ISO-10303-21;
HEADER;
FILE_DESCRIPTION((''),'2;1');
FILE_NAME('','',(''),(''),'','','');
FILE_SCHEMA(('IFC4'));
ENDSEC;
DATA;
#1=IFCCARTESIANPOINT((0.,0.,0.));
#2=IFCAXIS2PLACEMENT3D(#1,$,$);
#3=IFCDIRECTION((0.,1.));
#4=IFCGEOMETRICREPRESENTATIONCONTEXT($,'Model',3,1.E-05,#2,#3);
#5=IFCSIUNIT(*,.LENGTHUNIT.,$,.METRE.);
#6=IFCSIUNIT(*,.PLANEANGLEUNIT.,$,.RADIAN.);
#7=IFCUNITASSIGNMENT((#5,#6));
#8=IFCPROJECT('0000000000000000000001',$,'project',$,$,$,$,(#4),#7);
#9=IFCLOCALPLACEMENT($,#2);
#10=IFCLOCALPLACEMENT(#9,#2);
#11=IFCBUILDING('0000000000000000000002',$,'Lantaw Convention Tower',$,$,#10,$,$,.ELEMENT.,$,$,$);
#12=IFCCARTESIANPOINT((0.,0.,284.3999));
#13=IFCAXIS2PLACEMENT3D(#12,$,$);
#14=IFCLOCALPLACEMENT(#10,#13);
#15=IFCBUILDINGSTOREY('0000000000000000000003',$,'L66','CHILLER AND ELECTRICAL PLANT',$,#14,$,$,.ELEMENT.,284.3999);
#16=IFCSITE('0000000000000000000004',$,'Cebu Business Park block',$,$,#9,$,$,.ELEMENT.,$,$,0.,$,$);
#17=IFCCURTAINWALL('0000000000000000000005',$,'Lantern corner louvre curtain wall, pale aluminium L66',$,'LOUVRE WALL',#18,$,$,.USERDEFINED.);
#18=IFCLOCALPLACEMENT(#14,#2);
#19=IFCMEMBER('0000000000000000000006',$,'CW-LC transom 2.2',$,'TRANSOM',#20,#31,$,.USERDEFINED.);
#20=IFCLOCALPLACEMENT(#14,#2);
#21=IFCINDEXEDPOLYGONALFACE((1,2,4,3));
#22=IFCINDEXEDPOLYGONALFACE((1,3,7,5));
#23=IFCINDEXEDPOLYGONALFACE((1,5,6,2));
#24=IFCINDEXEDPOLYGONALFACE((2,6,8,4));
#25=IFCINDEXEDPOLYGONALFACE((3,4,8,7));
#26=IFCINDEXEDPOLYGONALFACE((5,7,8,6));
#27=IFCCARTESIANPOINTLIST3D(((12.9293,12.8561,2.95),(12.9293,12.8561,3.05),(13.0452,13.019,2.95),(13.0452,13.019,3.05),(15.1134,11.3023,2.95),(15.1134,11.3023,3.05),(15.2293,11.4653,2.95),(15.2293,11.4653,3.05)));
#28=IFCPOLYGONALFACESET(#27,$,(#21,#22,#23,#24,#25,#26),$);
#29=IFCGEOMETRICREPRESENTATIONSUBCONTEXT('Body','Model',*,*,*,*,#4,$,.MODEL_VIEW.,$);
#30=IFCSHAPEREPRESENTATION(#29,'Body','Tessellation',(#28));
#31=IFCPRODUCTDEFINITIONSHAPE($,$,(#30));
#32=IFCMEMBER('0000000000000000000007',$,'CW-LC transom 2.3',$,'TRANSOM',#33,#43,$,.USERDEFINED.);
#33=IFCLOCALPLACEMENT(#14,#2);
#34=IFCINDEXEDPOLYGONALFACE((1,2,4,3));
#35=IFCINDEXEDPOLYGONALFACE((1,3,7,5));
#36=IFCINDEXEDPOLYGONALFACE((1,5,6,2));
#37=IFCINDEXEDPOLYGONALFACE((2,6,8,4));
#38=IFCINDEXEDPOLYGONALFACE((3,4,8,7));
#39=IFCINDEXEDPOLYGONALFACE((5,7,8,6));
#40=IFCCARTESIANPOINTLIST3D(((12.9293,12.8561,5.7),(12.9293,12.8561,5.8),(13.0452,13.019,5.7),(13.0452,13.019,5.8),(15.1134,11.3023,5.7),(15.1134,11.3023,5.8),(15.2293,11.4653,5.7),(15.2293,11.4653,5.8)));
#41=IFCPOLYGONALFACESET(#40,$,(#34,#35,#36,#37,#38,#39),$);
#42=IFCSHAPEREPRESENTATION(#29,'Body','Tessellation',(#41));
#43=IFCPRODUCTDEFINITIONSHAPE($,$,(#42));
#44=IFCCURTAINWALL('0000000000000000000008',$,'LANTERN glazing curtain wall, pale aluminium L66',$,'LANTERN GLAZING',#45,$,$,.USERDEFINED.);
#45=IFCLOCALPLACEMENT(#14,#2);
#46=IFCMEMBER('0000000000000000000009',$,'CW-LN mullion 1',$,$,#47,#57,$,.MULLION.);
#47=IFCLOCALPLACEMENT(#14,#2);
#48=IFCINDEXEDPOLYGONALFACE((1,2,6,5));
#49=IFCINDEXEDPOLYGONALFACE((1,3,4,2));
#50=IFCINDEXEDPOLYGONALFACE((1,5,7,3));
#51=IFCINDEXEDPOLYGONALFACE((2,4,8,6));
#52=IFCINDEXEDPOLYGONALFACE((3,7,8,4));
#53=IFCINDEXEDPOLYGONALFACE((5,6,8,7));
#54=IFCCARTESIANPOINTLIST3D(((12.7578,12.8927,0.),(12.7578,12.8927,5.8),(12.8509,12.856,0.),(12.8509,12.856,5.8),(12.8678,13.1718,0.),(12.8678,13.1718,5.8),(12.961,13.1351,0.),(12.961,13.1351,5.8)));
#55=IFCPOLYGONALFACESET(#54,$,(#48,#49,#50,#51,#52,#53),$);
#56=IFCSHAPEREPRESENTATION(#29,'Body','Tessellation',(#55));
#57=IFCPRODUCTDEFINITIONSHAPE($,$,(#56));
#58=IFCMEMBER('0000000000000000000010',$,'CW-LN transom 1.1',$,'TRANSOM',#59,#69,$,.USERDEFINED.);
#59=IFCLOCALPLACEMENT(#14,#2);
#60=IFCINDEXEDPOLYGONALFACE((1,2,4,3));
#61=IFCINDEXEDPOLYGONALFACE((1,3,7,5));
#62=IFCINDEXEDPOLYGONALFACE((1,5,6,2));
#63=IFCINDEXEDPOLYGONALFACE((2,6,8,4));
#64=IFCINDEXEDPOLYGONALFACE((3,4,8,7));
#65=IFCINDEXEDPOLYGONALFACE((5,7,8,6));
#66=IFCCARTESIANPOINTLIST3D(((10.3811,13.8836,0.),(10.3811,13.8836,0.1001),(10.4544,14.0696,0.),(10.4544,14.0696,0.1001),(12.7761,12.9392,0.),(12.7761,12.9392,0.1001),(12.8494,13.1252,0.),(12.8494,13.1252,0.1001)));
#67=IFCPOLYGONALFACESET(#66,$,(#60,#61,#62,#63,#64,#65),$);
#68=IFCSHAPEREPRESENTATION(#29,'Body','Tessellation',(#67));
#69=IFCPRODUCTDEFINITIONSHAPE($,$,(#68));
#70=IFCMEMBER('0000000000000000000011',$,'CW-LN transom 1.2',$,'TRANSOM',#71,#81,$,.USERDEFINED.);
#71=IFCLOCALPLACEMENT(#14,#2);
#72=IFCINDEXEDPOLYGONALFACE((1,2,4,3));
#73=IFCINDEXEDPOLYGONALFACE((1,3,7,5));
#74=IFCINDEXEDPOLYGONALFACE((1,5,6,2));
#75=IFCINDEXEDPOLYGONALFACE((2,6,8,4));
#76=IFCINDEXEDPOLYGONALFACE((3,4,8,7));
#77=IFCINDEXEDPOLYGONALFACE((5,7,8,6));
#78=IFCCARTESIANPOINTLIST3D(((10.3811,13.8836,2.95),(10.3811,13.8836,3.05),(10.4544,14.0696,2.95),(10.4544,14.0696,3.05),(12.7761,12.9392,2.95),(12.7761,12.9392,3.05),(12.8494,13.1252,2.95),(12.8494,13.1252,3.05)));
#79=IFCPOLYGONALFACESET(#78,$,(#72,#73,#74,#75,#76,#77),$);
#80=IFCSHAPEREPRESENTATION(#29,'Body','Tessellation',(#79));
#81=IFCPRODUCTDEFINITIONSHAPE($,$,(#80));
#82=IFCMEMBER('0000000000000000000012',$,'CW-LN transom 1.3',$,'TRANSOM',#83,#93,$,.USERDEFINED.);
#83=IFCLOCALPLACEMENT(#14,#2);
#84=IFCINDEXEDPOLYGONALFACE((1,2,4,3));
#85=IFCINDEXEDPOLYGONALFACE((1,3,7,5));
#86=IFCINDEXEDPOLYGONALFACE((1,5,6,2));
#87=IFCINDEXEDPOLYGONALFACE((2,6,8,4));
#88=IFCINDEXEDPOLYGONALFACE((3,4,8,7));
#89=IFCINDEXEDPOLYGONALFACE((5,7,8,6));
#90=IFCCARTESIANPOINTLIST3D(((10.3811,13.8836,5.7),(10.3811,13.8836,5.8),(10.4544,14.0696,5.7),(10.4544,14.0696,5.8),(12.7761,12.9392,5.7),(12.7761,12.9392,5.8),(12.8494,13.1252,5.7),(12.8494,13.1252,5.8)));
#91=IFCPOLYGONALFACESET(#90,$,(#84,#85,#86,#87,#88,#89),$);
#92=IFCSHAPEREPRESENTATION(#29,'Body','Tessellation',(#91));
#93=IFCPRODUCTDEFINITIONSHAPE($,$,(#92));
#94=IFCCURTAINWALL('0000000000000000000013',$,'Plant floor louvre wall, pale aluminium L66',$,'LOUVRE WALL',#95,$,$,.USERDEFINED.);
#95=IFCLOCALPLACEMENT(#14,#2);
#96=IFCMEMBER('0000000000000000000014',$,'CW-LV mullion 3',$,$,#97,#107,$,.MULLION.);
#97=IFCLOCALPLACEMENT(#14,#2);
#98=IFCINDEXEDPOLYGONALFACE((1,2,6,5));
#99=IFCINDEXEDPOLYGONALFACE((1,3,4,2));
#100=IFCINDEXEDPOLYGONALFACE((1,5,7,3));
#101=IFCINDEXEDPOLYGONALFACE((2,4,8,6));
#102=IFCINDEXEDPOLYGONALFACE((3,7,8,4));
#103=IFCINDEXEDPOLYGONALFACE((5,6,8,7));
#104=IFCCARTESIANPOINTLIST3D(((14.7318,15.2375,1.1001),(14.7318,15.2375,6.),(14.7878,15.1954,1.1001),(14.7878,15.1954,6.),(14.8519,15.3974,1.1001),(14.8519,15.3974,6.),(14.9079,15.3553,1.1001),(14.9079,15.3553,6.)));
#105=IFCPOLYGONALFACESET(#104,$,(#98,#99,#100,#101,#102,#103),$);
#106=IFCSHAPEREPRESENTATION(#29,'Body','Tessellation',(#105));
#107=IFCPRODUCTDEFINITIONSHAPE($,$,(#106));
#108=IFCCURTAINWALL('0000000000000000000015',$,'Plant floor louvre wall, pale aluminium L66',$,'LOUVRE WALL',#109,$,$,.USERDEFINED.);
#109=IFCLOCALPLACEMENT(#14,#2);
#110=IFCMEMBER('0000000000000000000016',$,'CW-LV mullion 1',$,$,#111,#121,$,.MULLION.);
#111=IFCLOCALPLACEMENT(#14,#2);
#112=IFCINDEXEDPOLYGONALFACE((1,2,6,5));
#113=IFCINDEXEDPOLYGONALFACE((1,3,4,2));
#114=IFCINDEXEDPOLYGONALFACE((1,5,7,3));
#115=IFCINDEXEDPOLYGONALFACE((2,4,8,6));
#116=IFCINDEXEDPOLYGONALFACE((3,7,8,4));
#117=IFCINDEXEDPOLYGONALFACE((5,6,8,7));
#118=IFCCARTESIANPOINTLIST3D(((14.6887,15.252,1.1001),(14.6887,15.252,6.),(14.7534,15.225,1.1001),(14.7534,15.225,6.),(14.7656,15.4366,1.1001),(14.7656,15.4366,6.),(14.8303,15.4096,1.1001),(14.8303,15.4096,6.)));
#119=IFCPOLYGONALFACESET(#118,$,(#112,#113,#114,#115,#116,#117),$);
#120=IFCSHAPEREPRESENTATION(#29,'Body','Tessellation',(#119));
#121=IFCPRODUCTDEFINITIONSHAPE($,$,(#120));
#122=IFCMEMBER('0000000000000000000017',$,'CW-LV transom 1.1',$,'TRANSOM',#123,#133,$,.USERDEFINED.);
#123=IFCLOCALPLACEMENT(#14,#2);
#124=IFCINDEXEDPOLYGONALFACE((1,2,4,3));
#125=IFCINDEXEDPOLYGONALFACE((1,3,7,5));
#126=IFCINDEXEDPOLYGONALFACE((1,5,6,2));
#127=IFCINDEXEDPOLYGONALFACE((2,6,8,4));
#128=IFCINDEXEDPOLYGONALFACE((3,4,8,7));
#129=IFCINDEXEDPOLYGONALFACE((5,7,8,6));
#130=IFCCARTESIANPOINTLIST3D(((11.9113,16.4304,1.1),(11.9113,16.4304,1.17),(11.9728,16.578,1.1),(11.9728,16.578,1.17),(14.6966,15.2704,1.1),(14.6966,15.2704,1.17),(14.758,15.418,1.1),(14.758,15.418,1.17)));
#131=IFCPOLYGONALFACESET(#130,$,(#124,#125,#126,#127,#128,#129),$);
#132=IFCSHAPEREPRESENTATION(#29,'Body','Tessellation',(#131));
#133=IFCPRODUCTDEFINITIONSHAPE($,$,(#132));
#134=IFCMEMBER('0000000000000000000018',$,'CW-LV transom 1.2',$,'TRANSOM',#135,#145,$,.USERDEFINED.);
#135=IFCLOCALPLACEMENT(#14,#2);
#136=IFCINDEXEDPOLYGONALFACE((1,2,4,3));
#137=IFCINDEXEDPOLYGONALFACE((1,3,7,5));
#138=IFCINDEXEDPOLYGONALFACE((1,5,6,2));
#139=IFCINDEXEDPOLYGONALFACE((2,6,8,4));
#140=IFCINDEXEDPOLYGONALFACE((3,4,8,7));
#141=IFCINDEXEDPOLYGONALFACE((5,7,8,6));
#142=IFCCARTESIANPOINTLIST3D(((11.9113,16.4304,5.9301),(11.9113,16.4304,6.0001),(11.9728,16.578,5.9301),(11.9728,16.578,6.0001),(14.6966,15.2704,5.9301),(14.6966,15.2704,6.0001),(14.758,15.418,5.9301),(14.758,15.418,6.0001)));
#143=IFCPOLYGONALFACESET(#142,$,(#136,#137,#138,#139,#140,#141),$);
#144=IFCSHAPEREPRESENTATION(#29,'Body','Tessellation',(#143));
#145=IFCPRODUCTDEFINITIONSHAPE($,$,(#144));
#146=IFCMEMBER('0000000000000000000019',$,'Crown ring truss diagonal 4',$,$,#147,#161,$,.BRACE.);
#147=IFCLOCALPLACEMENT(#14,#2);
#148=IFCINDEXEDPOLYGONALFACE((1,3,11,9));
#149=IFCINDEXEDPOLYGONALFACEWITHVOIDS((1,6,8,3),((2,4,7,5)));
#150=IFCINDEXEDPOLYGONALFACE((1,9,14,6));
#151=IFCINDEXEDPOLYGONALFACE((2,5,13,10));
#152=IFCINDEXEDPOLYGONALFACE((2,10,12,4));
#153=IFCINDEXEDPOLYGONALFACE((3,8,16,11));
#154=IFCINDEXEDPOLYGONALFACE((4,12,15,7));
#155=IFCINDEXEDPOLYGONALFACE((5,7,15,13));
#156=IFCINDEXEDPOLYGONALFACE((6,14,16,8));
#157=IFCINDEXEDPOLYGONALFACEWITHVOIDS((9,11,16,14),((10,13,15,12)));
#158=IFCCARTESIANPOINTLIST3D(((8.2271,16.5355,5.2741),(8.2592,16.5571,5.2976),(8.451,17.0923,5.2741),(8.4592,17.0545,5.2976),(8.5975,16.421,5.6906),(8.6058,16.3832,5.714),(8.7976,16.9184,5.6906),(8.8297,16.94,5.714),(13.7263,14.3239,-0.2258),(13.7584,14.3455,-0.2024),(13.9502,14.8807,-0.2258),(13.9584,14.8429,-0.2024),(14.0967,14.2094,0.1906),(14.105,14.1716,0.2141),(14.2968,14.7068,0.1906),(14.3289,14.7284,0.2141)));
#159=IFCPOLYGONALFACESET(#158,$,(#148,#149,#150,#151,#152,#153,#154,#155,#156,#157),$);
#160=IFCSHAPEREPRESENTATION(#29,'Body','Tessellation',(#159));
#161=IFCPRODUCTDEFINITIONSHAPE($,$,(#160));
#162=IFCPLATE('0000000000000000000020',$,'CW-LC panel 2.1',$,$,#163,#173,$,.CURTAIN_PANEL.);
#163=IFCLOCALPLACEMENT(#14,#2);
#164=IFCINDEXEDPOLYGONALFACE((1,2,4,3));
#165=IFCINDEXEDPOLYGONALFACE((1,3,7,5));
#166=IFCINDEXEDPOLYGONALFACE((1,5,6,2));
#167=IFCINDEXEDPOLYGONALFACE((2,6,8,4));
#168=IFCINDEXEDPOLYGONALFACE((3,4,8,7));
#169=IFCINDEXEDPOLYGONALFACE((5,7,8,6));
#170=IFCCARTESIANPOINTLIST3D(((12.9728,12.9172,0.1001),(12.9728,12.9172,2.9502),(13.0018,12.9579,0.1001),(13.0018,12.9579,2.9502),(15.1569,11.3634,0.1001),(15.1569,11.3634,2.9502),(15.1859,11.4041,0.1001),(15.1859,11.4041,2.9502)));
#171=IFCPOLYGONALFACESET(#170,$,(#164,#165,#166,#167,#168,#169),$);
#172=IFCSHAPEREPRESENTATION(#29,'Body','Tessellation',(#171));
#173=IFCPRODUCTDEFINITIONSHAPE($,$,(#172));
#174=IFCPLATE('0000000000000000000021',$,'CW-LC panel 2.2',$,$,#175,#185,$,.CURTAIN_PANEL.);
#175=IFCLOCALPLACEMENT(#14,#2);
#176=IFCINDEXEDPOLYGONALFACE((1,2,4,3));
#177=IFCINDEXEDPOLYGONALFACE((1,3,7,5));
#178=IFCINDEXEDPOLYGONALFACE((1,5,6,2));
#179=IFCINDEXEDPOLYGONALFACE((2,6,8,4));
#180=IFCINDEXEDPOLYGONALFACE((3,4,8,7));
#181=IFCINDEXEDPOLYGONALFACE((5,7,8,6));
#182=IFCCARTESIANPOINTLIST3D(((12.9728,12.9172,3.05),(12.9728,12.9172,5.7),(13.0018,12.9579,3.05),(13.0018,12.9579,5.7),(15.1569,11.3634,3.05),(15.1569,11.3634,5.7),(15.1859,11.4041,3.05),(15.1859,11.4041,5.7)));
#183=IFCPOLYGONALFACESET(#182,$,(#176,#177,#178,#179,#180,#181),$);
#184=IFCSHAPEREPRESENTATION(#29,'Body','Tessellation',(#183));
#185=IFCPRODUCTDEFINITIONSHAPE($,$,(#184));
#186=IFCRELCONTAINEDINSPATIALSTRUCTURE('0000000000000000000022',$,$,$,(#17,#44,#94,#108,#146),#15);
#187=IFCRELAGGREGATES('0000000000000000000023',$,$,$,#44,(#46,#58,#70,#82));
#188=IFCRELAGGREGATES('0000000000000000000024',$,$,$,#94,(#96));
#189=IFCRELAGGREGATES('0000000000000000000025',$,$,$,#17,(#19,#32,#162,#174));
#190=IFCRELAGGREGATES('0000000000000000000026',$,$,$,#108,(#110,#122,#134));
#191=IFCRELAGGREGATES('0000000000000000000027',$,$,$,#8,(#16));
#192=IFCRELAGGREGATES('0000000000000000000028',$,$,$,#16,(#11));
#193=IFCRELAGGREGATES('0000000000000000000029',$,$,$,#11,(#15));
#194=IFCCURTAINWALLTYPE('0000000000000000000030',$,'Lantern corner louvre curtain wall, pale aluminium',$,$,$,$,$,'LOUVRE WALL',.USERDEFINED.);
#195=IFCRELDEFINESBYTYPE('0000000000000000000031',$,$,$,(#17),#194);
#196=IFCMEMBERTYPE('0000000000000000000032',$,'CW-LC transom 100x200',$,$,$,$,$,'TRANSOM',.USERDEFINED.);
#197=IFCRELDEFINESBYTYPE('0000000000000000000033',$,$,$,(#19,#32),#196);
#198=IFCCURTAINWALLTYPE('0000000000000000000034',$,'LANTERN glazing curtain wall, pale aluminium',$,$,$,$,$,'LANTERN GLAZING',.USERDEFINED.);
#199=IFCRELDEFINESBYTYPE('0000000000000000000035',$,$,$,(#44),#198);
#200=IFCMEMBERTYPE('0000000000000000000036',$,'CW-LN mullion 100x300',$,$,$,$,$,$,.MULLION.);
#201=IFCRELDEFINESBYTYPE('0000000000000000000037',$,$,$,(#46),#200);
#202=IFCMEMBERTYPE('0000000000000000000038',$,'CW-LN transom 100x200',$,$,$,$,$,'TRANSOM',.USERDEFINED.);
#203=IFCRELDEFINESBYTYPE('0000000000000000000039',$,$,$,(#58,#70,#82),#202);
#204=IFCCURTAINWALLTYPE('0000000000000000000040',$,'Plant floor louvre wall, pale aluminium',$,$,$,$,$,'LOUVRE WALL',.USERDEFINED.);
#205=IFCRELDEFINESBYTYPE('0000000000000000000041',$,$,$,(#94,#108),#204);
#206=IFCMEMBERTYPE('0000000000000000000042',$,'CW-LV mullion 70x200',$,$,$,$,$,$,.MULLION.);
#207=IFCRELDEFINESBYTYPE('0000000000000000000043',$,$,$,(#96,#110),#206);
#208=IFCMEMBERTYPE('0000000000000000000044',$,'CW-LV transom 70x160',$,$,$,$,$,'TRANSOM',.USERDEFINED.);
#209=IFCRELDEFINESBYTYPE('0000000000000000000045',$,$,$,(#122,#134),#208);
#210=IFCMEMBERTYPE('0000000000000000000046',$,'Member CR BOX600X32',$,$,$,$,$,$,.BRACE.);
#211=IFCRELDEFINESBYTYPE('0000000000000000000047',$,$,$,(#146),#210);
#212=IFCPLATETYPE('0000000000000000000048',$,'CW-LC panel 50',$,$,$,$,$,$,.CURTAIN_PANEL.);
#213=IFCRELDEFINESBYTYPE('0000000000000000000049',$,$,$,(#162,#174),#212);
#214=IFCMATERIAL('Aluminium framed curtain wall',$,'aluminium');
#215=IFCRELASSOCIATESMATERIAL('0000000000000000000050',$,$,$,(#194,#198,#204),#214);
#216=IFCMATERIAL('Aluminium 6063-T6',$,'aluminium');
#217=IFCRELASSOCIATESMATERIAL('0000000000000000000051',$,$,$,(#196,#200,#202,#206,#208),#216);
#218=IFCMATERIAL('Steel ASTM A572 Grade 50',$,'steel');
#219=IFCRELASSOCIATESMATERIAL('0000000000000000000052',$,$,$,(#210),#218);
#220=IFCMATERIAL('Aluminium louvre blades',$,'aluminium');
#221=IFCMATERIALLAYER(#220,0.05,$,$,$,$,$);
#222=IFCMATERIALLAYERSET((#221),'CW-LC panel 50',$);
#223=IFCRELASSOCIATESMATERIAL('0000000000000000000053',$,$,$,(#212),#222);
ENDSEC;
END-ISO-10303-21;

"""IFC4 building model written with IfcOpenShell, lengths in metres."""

from ifc_helpers import new_model, si_unit, direction, frame, origin, origin_2d, place, context, subcontext, project, spatial, rectangle, hollow_rectangle, extrude, material, layer, layer_set, material_profile, profile_set, type_object, element, aggregate, save


model = new_model("IFC4")

# Units and contexts
model_context = context("Model", 3, precision=1e-05, world=origin(), true_north=direction((0.0, 1.0)))
body_context = subcontext(model_context, "Body", "Model", "MODEL_VIEW")
ifc_project = project(units=[si_unit("LENGTHUNIT", "METRE"), si_unit("PLANEANGLEUNIT", "RADIAN")], contexts=[model_context])

# Site, building, storey
site_placement = place(None, origin())
site = spatial("IfcSite", under=ifc_project, at=site_placement, Name="Cebu Business Park block", CompositionType="ELEMENT", RefElevation=0.0)
building_placement = place(site_placement, origin())
building = spatial("IfcBuilding", under=site, at=building_placement, Name="Lantaw Convention Tower", CompositionType="ELEMENT")
storey_placement = place(building_placement, frame((0.0, 0.0, 284.3999)))
storey = spatial("IfcBuildingStorey", under=building, at=storey_placement, Name="L66", Description="CHILLER AND ELECTRICAL PLANT", CompositionType="ELEMENT", Elevation=284.3999)

# Shared definitions
ifc_material_1 = material(Name="Steel ASTM A572 Grade 50", Category="steel")

# Curtain walls, members
ifc_material_2 = material(Name="Aluminium framed curtain wall", Category="aluminium")
curtain_wall_type_1 = type_object("IfcCurtainWallType", Name="Lantern corner louvre curtain wall, pale aluminium", ElementType="LOUVRE WALL", PredefinedType="USERDEFINED", material=ifc_material_2)
curtain_wall_1_placement = place(storey_placement, origin())
curtain_wall_1 = element("IfcCurtainWall", 1, at=curtain_wall_1_placement, inside=storey, type_object=curtain_wall_type_1, Name="Lantern corner louvre curtain wall, pale aluminium L66", ObjectType="LOUVRE WALL", PredefinedType="USERDEFINED")
ifc_material_3 = material(Name="Aluminium 6063-T6", Category="aluminium")
ifc_material_profile_1 = material_profile(ifc_material_3, rectangle(XDim=0.2, YDim=0.1001, at=origin_2d()), Name="CW-LC transom 100x200")
ifc_profile_set_1 = profile_set([ifc_material_profile_1], Name="Aluminium 6063-T6")
member_type_1 = type_object("IfcMemberType", Name="CW-LC transom 100x200", ElementType="TRANSOM", PredefinedType="USERDEFINED", material=ifc_profile_set_1)
member_1_placement = place(storey_placement, frame((15.1714, 11.3838, 3.0), z_axis=(-0.814852, 0.579669, 0.0), x_axis=(-0.579669, -0.814852, 0.0)))
member_1 = element("IfcMember", 2, at=member_1_placement, type_object=member_type_1, Name="CW-LC transom 2.2", ObjectType="TRANSOM", PredefinedType="USERDEFINED", context=body_context, shape_type="SweptSolid", body=[
    extrude(rectangle(XDim=0.2, YDim=0.1001, at=origin_2d()), origin(), (0.0, 0.0, 1.0), 2.6804),
])
member_2_placement = place(storey_placement, frame((15.1714, 11.3838, 5.75), z_axis=(-0.814852, 0.579669, 0.0), x_axis=(-0.579669, -0.814852, 0.0)))
member_2 = element("IfcMember", 3, at=member_2_placement, type_object=member_type_1, Name="CW-LC transom 2.3", ObjectType="TRANSOM", PredefinedType="USERDEFINED", context=body_context, shape_type="SweptSolid", body=[
    extrude(rectangle(XDim=0.2, YDim=0.1001, at=origin_2d()), origin(), (0.0, 0.0, 1.0), 2.6804),
])
curtain_wall_type_2 = type_object("IfcCurtainWallType", Name="LANTERN glazing curtain wall, pale aluminium", ElementType="LANTERN GLAZING", PredefinedType="USERDEFINED", material=ifc_material_2)
curtain_wall_2_placement = place(storey_placement, origin())
curtain_wall_2 = element("IfcCurtainWall", 4, at=curtain_wall_2_placement, inside=storey, type_object=curtain_wall_type_2, Name="LANTERN glazing curtain wall, pale aluminium L66", ObjectType="LANTERN GLAZING", PredefinedType="USERDEFINED")
ifc_material_profile_2 = material_profile(ifc_material_3, rectangle(XDim=0.3, YDim=0.1001, at=origin_2d()), Name="CW-LN mullion 100x300")
ifc_profile_set_2 = profile_set([ifc_material_profile_2], Name="Aluminium 6063-T6")
member_type_2 = type_object("IfcMemberType", Name="CW-LN mullion 100x300", PredefinedType="MULLION", material=ifc_profile_set_2)
member_3_placement = place(storey_placement, frame((12.8594, 13.0139, 0.0), z_axis=(0.0, 0.0, 1.0), x_axis=(-0.366802, -0.930299, 0.0)))
member_3 = element("IfcMember", 5, at=member_3_placement, type_object=member_type_2, Name="CW-LN mullion 1", PredefinedType="MULLION", context=body_context, shape_type="SweptSolid", body=[
    extrude(rectangle(XDim=0.3, YDim=0.1001, at=origin_2d()), origin(), (0.0, 0.0, 1.0), 5.8),
])
ifc_material_profile_3 = material_profile(ifc_material_3, rectangle(XDim=0.2, YDim=0.1001, at=origin_2d()), Name="CW-LN transom 100x200")
ifc_profile_set_3 = profile_set([ifc_material_profile_3], Name="Aluminium 6063-T6")
member_type_3 = type_object("IfcMemberType", Name="CW-LN transom 100x200", ElementType="TRANSOM", PredefinedType="USERDEFINED", material=ifc_profile_set_3)
member_4_placement = place(storey_placement, frame((12.8127, 13.0322, 0.05), z_axis=(-0.930297, 0.366808, 0.0), x_axis=(-0.366808, -0.930297, 0.0)))
member_4 = element("IfcMember", 6, at=member_4_placement, type_object=member_type_3, Name="CW-LN transom 1.1", ObjectType="TRANSOM", PredefinedType="USERDEFINED", context=body_context, shape_type="SweptSolid", body=[
    extrude(rectangle(XDim=0.2, YDim=0.1001, at=origin_2d()), origin(), (0.0, 0.0, 1.0), 2.5745),
])
member_5_placement = place(storey_placement, frame((12.8127, 13.0322, 3.0), z_axis=(-0.930297, 0.366808, 0.0), x_axis=(-0.366808, -0.930297, 0.0)))
member_5 = element("IfcMember", 7, at=member_5_placement, type_object=member_type_3, Name="CW-LN transom 1.2", ObjectType="TRANSOM", PredefinedType="USERDEFINED", context=body_context, shape_type="SweptSolid", body=[
    extrude(rectangle(XDim=0.2, YDim=0.1001, at=origin_2d()), origin(), (0.0, 0.0, 1.0), 2.5745),
])
member_6_placement = place(storey_placement, frame((12.8127, 13.0322, 5.75), z_axis=(-0.930297, 0.366808, 0.0), x_axis=(-0.366808, -0.930297, 0.0)))
member_6 = element("IfcMember", 8, at=member_6_placement, type_object=member_type_3, Name="CW-LN transom 1.3", ObjectType="TRANSOM", PredefinedType="USERDEFINED", context=body_context, shape_type="SweptSolid", body=[
    extrude(rectangle(XDim=0.2, YDim=0.1001, at=origin_2d()), origin(), (0.0, 0.0, 1.0), 2.5745),
])
aggregate(curtain_wall_2, [member_3, member_4, member_5, member_6])

# Curtain wall, member
curtain_wall_type_3 = type_object("IfcCurtainWallType", Name="Plant floor louvre wall, pale aluminium", ElementType="LOUVRE WALL", PredefinedType="USERDEFINED", material=ifc_material_2)
curtain_wall_3_placement = place(storey_placement, origin())
curtain_wall_3 = element("IfcCurtainWall", 9, at=curtain_wall_3_placement, inside=storey, type_object=curtain_wall_type_3, Name="Plant floor louvre wall, pale aluminium L66", ObjectType="LOUVRE WALL", PredefinedType="USERDEFINED")
ifc_material_profile_4 = material_profile(ifc_material_3, rectangle(XDim=0.2, YDim=0.0701, at=origin_2d()), Name="CW-LV mullion 70x200")
ifc_profile_set_4 = profile_set([ifc_material_profile_4], Name="Aluminium 6063-T6")
member_type_4 = type_object("IfcMemberType", Name="CW-LV mullion 70x200", PredefinedType="MULLION", material=ifc_profile_set_4)
member_7_placement = place(storey_placement, frame((14.8198, 15.2964, 1.1001), z_axis=(0.0, 0.0, 1.0), x_axis=(-0.600643, -0.799518, 0.0)))
member_7 = element("IfcMember", 10, at=member_7_placement, type_object=member_type_4, Name="CW-LV mullion 3", PredefinedType="MULLION", context=body_context, shape_type="SweptSolid", body=[
    extrude(rectangle(XDim=0.2, YDim=0.0701, at=origin_2d()), origin(), (0.0, 0.0, 1.0), 4.8999),
])
aggregate(curtain_wall_3, [member_7])

# Curtain wall, members
curtain_wall_4_placement = place(storey_placement, origin())
curtain_wall_4 = element("IfcCurtainWall", 11, at=curtain_wall_4_placement, inside=storey, type_object=curtain_wall_type_3, Name="Plant floor louvre wall, pale aluminium L66", ObjectType="LOUVRE WALL", PredefinedType="USERDEFINED")
member_8_placement = place(storey_placement, frame((14.7595, 15.3308, 1.1001), z_axis=(0.0, 0.0, 1.0), x_axis=(-0.38446, -0.923142, 0.0)))
member_8 = element("IfcMember", 12, at=member_8_placement, type_object=member_type_4, Name="CW-LV mullion 1", PredefinedType="MULLION", context=body_context, shape_type="SweptSolid", body=[
    extrude(rectangle(XDim=0.2, YDim=0.0701, at=origin_2d()), origin(), (0.0, 0.0, 1.0), 4.8999),
])
ifc_material_profile_5 = material_profile(ifc_material_3, rectangle(XDim=0.1599, YDim=0.0701, at=origin_2d()), Name="CW-LV transom 70x160")
ifc_profile_set_5 = profile_set([ifc_material_profile_5], Name="Aluminium 6063-T6")
member_type_5 = type_object("IfcMemberType", Name="CW-LV transom 70x160", ElementType="TRANSOM", PredefinedType="USERDEFINED", material=ifc_profile_set_5)
member_9_placement = place(storey_placement, frame((14.7273, 15.3442, 1.135), z_axis=(-0.923144, 0.384454, 0.0), x_axis=(-0.384454, -0.923144, 0.0)))
member_9 = element("IfcMember", 13, at=member_9_placement, type_object=member_type_5, Name="CW-LV transom 1.1", ObjectType="TRANSOM", PredefinedType="USERDEFINED", context=body_context, shape_type="SweptSolid", body=[
    extrude(rectangle(XDim=0.1599, YDim=0.0701, at=origin_2d()), origin(), (0.0, 0.0, 1.0), 3.0171),
])
member_10_placement = place(storey_placement, frame((14.7273, 15.3442, 5.9651), z_axis=(-0.923144, 0.384454, 0.0), x_axis=(-0.384454, -0.923144, 0.0)))
member_10 = element("IfcMember", 14, at=member_10_placement, type_object=member_type_5, Name="CW-LV transom 1.2", ObjectType="TRANSOM", PredefinedType="USERDEFINED", context=body_context, shape_type="SweptSolid", body=[
    extrude(rectangle(XDim=0.1599, YDim=0.0701, at=origin_2d()), origin(), (0.0, 0.0, 1.0), 3.0171),
])

# Member
ifc_material_profile_6 = material_profile(ifc_material_1, hollow_rectangle(XDim=0.6001, YDim=0.6001, WallThickness=0.032, at=origin_2d()), Name="BOX600X32")
ifc_profile_set_6 = profile_set([ifc_material_profile_6], Name="Steel ASTM A572 Grade 50")
member_type_6 = type_object("IfcMemberType", Name="Member CR BOX600X32", PredefinedType="BRACE", material=ifc_profile_set_6)
member_11_placement = place(storey_placement, frame((14.0276, 14.5261, -0.0059), z_axis=(-0.680097, 0.273518, 0.680188), x_axis=(-0.37313, -0.927779, 0.0)))
element("IfcMember", 15, at=member_11_placement, inside=storey, type_object=member_type_6, Name="Crown ring truss diagonal 4", PredefinedType="BRACE", context=body_context, shape_type="SweptSolid", body=[
    extrude(hollow_rectangle(XDim=0.6001, YDim=0.6001, WallThickness=0.032, at=origin_2d()), origin(), (0.0, 0.0, 1.0), 8.0859),
])

# Plates
ifc_material_4 = material(Name="Aluminium louvre blades", Category="aluminium")
ifc_layer_1 = layer(ifc_material_4, 0.05)
ifc_layer_set_1 = layer_set([ifc_layer_1], Name="CW-LC panel 50")
plate_type_1 = type_object("IfcPlateType", Name="CW-LC panel 50", PredefinedType="CURTAIN_PANEL", material=ifc_layer_set_1)
plate_1_placement = place(storey_placement, frame((14.0793, 12.1606, 0.1001), z_axis=(0.0, 0.0, 1.0), x_axis=(-0.814841, 0.579684, 0.0)))
plate_1 = element("IfcPlate", 16, at=plate_1_placement, type_object=plate_type_1, Name="CW-LC panel 2.1", PredefinedType="CURTAIN_PANEL", context=body_context, shape_type="SweptSolid", body=[
    extrude(rectangle(XDim=2.6804, YDim=0.05, at=origin_2d()), origin(), (0.0, 0.0, 1.0), 2.8501),
])
plate_2_placement = place(storey_placement, frame((14.0793, 12.1606, 3.05), z_axis=(0.0, 0.0, 1.0), x_axis=(-0.814841, 0.579684, 0.0)))
plate_2 = element("IfcPlate", 17, at=plate_2_placement, type_object=plate_type_1, Name="CW-LC panel 2.2", PredefinedType="CURTAIN_PANEL", context=body_context, shape_type="SweptSolid", body=[
    extrude(rectangle(XDim=2.6804, YDim=0.05, at=origin_2d()), origin(), (0.0, 0.0, 1.0), 2.6499),
])
aggregate(curtain_wall_1, [member_1, member_2, plate_1, plate_2])
aggregate(curtain_wall_4, [member_8, member_9, member_10])

save(model, "model.ifc")
